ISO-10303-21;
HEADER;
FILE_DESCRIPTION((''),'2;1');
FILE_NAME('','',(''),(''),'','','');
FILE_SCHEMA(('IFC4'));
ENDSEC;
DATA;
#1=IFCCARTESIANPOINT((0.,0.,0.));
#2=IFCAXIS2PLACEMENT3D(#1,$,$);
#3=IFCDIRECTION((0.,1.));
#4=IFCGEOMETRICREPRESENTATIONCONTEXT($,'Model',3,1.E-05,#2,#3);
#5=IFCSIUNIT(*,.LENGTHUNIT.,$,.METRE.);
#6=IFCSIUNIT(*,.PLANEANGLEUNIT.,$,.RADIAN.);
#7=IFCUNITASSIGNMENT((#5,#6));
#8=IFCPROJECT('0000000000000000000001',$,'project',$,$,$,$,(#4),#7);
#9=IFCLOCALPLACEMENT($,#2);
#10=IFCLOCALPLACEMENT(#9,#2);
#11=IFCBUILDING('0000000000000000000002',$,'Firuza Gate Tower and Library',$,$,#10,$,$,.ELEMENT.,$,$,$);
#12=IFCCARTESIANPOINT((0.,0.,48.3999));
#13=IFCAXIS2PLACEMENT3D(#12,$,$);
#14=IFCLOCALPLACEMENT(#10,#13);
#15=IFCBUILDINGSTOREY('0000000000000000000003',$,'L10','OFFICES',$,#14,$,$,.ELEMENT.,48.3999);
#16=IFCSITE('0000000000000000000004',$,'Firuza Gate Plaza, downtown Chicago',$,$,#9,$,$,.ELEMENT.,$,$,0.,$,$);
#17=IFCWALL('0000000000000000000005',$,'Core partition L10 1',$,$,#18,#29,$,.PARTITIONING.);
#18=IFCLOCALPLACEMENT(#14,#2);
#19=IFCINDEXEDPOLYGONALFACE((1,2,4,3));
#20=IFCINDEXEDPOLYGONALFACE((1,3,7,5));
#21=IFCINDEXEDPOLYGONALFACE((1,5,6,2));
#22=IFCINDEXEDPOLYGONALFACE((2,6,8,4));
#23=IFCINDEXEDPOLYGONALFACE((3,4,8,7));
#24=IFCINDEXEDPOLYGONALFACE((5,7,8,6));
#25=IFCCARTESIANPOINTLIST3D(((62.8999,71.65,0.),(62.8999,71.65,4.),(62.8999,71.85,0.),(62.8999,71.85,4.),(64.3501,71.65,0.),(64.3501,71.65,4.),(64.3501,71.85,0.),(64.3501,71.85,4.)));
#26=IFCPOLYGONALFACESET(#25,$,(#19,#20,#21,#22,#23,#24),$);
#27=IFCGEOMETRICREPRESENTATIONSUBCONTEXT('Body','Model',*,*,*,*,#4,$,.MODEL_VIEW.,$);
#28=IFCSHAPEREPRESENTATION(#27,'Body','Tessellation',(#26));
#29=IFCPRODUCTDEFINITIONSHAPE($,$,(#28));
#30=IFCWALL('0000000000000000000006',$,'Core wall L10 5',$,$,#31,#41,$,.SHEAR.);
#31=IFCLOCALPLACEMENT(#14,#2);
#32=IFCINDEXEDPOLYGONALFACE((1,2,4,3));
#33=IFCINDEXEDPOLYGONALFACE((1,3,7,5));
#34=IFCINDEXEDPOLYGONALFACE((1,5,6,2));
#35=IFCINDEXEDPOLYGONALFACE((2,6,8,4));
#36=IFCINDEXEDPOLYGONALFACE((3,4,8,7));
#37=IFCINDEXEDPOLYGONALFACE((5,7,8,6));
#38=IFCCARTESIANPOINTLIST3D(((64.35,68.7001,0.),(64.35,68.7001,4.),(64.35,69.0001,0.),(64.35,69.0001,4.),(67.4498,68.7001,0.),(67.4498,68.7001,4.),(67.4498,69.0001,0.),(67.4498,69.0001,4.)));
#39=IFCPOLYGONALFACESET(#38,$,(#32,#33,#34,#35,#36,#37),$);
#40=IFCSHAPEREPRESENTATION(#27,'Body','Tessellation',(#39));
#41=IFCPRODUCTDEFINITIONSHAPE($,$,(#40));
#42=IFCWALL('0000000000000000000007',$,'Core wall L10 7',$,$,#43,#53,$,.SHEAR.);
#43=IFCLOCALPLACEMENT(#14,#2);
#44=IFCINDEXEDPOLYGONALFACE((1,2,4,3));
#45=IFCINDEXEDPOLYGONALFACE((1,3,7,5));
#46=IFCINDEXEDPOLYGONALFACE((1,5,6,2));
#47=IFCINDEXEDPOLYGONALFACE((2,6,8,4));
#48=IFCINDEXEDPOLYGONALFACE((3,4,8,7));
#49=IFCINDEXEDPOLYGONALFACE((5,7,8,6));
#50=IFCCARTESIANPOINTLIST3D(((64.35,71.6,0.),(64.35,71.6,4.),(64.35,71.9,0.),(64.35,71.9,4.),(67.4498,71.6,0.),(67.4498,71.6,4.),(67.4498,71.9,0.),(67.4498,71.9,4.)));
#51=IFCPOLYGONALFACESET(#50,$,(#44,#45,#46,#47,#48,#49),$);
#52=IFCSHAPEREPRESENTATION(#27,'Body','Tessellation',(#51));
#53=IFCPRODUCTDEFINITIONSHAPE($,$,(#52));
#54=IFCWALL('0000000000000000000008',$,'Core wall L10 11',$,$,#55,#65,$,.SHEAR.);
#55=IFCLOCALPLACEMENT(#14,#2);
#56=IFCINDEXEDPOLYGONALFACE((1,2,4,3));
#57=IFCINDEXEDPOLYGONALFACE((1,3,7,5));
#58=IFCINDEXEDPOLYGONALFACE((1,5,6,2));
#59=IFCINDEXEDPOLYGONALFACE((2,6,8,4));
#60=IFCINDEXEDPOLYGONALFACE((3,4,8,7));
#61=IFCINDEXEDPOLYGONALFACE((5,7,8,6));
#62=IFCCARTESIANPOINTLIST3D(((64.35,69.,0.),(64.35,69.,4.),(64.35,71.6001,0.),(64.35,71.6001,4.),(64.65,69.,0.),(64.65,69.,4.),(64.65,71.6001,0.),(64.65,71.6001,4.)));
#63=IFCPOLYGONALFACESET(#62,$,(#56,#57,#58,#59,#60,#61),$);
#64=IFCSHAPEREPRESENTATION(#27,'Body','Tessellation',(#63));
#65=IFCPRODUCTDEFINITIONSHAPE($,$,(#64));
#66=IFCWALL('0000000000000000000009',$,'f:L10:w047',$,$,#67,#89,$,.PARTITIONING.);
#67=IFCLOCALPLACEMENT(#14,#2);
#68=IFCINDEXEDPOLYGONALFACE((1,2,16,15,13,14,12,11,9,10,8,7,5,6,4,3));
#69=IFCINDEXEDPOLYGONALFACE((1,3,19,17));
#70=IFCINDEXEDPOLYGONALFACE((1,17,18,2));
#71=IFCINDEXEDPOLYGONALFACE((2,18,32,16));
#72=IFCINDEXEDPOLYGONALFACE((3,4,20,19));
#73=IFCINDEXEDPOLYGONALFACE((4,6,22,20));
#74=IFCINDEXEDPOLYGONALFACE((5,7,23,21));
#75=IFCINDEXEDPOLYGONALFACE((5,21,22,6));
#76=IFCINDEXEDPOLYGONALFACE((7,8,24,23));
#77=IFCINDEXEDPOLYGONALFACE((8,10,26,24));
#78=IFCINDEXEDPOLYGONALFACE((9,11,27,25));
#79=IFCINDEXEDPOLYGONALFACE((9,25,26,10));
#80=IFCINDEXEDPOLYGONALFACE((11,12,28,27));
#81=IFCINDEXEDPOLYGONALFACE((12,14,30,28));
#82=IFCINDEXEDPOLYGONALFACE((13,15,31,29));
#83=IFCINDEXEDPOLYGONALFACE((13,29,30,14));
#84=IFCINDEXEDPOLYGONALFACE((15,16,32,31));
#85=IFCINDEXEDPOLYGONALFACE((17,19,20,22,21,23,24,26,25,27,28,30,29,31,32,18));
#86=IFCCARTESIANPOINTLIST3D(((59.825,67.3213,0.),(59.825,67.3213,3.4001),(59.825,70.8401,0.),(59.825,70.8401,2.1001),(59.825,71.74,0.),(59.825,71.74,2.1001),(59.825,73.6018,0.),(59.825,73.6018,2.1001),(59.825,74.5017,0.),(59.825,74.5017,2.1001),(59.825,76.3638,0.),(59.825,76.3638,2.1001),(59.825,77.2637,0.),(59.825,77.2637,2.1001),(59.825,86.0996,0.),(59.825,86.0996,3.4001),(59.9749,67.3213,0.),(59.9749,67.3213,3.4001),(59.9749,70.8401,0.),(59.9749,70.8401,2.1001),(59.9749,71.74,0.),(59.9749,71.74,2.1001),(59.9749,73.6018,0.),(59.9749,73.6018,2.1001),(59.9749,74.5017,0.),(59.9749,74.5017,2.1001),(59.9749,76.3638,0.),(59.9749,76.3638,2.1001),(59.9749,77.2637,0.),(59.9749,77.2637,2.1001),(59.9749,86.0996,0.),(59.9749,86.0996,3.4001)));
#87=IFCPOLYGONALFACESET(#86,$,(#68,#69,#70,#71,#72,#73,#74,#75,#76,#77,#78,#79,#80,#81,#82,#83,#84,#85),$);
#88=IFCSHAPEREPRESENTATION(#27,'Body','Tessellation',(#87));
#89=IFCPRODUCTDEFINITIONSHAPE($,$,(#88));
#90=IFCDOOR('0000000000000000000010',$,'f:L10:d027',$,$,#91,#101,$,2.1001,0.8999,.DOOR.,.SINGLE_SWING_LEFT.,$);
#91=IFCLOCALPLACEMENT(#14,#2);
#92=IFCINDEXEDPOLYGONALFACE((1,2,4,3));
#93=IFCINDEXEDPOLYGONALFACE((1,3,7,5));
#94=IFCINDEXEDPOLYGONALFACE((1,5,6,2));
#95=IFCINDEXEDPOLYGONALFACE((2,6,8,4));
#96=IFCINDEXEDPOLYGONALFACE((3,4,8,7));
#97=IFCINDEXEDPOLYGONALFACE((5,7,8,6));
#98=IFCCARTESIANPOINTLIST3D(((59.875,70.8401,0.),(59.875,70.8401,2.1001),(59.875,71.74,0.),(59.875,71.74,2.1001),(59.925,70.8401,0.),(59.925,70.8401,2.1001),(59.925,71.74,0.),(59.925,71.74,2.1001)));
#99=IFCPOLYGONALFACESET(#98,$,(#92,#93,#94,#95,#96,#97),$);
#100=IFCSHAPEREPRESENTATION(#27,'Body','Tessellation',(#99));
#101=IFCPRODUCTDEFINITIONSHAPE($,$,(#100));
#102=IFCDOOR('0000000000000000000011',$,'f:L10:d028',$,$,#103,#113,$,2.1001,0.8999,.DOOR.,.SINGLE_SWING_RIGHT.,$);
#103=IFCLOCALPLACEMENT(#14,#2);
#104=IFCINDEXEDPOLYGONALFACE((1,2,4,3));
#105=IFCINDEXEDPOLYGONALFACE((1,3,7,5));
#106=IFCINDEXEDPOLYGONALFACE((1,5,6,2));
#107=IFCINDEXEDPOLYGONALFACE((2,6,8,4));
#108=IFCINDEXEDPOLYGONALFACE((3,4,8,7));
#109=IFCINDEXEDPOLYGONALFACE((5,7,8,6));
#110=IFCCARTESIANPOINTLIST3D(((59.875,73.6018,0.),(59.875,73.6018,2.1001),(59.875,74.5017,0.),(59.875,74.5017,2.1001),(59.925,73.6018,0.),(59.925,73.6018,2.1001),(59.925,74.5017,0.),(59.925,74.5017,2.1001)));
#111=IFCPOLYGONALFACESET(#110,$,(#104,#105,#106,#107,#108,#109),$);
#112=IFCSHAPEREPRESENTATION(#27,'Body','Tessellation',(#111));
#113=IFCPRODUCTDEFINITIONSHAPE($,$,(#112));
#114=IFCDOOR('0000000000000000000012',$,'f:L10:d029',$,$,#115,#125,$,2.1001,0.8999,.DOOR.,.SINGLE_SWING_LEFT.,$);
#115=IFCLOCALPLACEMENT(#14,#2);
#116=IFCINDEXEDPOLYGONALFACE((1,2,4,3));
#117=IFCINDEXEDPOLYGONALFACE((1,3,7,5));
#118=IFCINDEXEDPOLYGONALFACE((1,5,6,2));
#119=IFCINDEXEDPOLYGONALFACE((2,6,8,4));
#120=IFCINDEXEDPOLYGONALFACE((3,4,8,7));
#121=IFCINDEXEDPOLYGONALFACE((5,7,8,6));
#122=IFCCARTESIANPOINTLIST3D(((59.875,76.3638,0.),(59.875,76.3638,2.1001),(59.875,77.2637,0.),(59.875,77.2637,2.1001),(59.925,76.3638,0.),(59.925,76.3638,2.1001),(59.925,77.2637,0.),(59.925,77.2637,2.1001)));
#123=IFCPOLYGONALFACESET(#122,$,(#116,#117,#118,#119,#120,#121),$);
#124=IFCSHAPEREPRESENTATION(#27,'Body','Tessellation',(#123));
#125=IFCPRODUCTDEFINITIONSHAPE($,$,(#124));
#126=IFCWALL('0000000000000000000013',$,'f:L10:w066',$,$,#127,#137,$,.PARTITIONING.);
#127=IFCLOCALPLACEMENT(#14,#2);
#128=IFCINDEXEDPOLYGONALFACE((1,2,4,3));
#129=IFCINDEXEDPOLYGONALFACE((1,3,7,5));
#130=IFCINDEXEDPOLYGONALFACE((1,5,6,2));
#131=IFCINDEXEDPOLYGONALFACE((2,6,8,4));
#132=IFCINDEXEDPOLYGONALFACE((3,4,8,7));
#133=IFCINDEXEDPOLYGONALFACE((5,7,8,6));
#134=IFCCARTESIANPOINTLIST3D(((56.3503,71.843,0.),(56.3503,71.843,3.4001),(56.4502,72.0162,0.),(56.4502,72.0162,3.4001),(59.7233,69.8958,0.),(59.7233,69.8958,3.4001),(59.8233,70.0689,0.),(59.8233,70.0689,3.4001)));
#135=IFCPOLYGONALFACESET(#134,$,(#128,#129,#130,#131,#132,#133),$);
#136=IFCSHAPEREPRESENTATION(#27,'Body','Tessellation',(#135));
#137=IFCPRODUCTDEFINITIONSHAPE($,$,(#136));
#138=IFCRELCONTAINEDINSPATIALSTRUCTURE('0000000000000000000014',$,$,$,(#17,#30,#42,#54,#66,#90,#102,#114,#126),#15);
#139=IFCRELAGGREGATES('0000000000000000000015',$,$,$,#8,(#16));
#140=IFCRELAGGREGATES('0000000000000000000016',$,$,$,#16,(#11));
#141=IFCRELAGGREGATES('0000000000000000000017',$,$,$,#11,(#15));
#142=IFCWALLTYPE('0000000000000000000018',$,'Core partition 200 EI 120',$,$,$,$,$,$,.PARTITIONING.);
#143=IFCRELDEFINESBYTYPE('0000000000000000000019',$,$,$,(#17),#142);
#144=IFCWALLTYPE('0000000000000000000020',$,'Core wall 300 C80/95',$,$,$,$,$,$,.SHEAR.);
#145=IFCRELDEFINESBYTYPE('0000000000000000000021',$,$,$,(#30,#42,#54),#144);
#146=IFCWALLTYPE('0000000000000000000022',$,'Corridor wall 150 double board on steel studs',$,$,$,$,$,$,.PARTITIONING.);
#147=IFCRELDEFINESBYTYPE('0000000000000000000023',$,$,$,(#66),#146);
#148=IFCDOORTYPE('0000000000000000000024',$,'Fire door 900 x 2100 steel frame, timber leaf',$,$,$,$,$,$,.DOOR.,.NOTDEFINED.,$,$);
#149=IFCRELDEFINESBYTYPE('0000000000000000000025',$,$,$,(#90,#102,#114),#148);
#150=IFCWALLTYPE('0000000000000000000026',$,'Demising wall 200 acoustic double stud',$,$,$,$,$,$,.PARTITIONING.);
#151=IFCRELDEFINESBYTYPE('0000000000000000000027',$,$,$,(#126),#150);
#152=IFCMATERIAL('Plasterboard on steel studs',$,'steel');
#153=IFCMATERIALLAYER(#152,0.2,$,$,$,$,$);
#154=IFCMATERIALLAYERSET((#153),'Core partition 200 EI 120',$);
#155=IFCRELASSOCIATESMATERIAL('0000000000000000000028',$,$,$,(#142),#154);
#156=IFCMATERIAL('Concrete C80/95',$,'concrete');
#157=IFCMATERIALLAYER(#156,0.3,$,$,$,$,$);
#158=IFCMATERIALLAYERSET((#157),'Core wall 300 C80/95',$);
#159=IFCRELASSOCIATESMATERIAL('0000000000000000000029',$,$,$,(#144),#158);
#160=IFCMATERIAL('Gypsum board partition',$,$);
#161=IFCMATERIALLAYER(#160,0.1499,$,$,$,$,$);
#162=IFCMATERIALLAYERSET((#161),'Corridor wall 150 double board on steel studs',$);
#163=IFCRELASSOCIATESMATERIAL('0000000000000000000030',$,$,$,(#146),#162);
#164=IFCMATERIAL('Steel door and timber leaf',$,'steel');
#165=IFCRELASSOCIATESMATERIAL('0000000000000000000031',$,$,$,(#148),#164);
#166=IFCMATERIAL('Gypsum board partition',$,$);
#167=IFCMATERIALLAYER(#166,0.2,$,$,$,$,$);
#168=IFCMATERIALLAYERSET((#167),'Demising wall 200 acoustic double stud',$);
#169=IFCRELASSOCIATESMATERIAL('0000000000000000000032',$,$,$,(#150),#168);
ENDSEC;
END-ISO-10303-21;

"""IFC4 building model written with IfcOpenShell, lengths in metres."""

from ifc_helpers import new_model, si_unit, direction, frame, frame_2d, origin, place, context, subcontext, project, spatial, rectangle, extrude, material, layer, layer_set, type_object, element, fill, save


model = new_model("IFC4")

# Units and contexts
model_context = context("Model", 3, precision=1e-05, world=origin(), true_north=direction((0.0, 1.0)))
body_context = subcontext(model_context, "Body", "Model", "MODEL_VIEW")
ifc_project = project(units=[si_unit("LENGTHUNIT", "METRE"), si_unit("PLANEANGLEUNIT", "RADIAN")], contexts=[model_context])

# Site, building, storey
site_placement = place(None, origin())
site = spatial("IfcSite", under=ifc_project, at=site_placement, Name="Firuza Gate Plaza, downtown Chicago", CompositionType="ELEMENT", RefElevation=0.0)
building_placement = place(site_placement, origin())
building = spatial("IfcBuilding", under=site, at=building_placement, Name="Firuza Gate Tower and Library", CompositionType="ELEMENT")
storey_placement = place(building_placement, frame((0.0, 0.0, 48.3999)))
storey = spatial("IfcBuildingStorey", under=building, at=storey_placement, Name="L10", Description="OFFICES", CompositionType="ELEMENT", Elevation=48.3999)

# Walls
ifc_material_1 = material(Name="Plasterboard on steel studs", Category="steel")
ifc_layer_1 = layer(ifc_material_1, 0.2)
ifc_layer_set_1 = layer_set([ifc_layer_1], Name="Core partition 200 EI 120")
wall_type_1 = type_object("IfcWallType", Name="Core partition 200 EI 120", PredefinedType="PARTITIONING", material=ifc_layer_set_1)
wall_1_placement = place(storey_placement, frame((62.8999, 71.75, 0.0), z_axis=(0.0, 0.0, 1.0), x_axis=(1.0, 0.0, 0.0)))
element("IfcWall", 1, at=wall_1_placement, inside=storey, type_object=wall_type_1, Name="Core partition L10 1", PredefinedType="PARTITIONING", context=body_context, shape_type="SweptSolid", body=[
    extrude(rectangle(XDim=1.4502, YDim=0.2, at=frame_2d((0.7251, 0.0))), origin(), (0.0, 0.0, 1.0), 4.0),
])
ifc_material_2 = material(Name="Concrete C80/95", Category="concrete")
ifc_layer_2 = layer(ifc_material_2, 0.3)
ifc_layer_set_2 = layer_set([ifc_layer_2], Name="Core wall 300 C80/95")
wall_type_2 = type_object("IfcWallType", Name="Core wall 300 C80/95", PredefinedType="SHEAR", material=ifc_layer_set_2)
for number, where, z_axis, x_axis, name in (
    (2, (64.3501, 68.8501, 0.0), (0.0, 0.0, 1.0), (1.0, 0.0, 0.0), "Core wall L10 5"),
    (3, (64.3501, 71.75, 0.0), (0.0, 0.0, 1.0), (1.0, 0.0, 0.0), "Core wall L10 7"),
):
    element("IfcWall", number, at=place(storey_placement, frame(where, z_axis=z_axis, x_axis=x_axis)), inside=storey, type_object=wall_type_2, Name=name, PredefinedType="SHEAR", context=body_context, shape_type="SweptSolid", body=[
        extrude(rectangle(XDim=3.0999, YDim=0.3, at=frame_2d((1.5498, 0.0))), origin(), (0.0, 0.0, 1.0), 4.0),
    ])
wall_2_placement = place(storey_placement, frame((64.5, 69.0, 0.0), z_axis=(0.0, 0.0, 1.0), x_axis=(0.0, 1.0, 0.0)))
element("IfcWall", 4, at=wall_2_placement, inside=storey, type_object=wall_type_2, Name="Core wall L10 11", PredefinedType="SHEAR", context=body_context, shape_type="SweptSolid", body=[
    extrude(rectangle(XDim=2.6001, YDim=0.3, at=frame_2d((1.3, 0.0))), origin(), (0.0, 0.0, 1.0), 4.0),
])

# Wall, openings, doors
ifc_material_3 = material(Name="Gypsum board partition")
ifc_layer_3 = layer(ifc_material_3, 0.1499)
ifc_layer_set_3 = layer_set([ifc_layer_3], Name="Corridor wall 150 double board on steel studs")
wall_type_3 = type_object("IfcWallType", Name="Corridor wall 150 double board on steel studs", PredefinedType="PARTITIONING", material=ifc_layer_set_3)
wall_3_placement = place(storey_placement, frame((59.8999, 67.3213, 0.0), z_axis=(0.0, 0.0, 1.0), x_axis=(0.0, 1.0, 0.0)))
wall_3 = element("IfcWall", 5, at=wall_3_placement, inside=storey, type_object=wall_type_3, Name="f:L10:w047", PredefinedType="PARTITIONING", context=body_context, shape_type="SweptSolid", body=[
    extrude(rectangle(XDim=18.7783, YDim=0.1499, at=frame_2d((9.3892, 0.0))), origin(), (0.0, 0.0, 1.0), 3.4001),
])
opening_1_placement = place(wall_3_placement, frame((3.5188, 0.0, 0.0)))
opening_1 = element("IfcOpeningElement", 6, at=opening_1_placement, cuts=wall_3, PredefinedType="OPENING", context=body_context, shape_type="SweptSolid", body=[
    extrude(rectangle(XDim=0.8999, YDim=2.1001, at=frame_2d((0.45, 1.05))), frame((0.0, 0.085, 0.0), z_axis=(0.0, -1.0, 0.0), x_axis=(1.0, 0.0, 0.0)), (0.0, 0.0, 1.0), 0.1699),
])
opening_2_placement = place(wall_3_placement, frame((6.2805, 0.0, 0.0)))
opening_2 = element("IfcOpeningElement", 7, at=opening_2_placement, cuts=wall_3, PredefinedType="OPENING", context=body_context, shape_type="SweptSolid", body=[
    extrude(rectangle(XDim=0.8999, YDim=2.1001, at=frame_2d((0.45, 1.05))), frame((0.0, 0.085, 0.0), z_axis=(0.0, -1.0, 0.0), x_axis=(1.0, 0.0, 0.0)), (0.0, 0.0, 1.0), 0.1699),
])
opening_3_placement = place(wall_3_placement, frame((9.0425, 0.0, 0.0)))
opening_3 = element("IfcOpeningElement", 8, at=opening_3_placement, cuts=wall_3, PredefinedType="OPENING", context=body_context, shape_type="SweptSolid", body=[
    extrude(rectangle(XDim=0.8999, YDim=2.1001, at=frame_2d((0.45, 1.05))), frame((0.0, 0.085, 0.0), z_axis=(0.0, -1.0, 0.0), x_axis=(1.0, 0.0, 0.0)), (0.0, 0.0, 1.0), 0.1699),
])
ifc_material_4 = material(Name="Steel door and timber leaf", Category="steel")
door_type_1 = type_object("IfcDoorType", Name="Fire door 900 x 2100 steel frame, timber leaf", OperationType="NOTDEFINED", PredefinedType="DOOR", material=ifc_material_4)
door_1_placement = place(opening_1_placement, origin())
door_1 = element("IfcDoor", 9, at=door_1_placement, inside=storey, type_object=door_type_1, Name="f:L10:d027", OperationType="SINGLE_SWING_LEFT", OverallHeight=2.1001, OverallWidth=0.8999, PredefinedType="DOOR", context=body_context, shape_type="SweptSolid", body=[
    extrude(rectangle(XDim=0.8999, YDim=2.1001, at=frame_2d((0.45, 1.05))), frame((0.0, 0.0249, 0.0), z_axis=(0.0, -1.0, 0.0), x_axis=(1.0, 0.0, 0.0)), (0.0, 0.0, 1.0), 0.05),
])
fill(opening_1, door_1)
door_2_placement = place(opening_2_placement, origin())
door_2 = element("IfcDoor", 10, at=door_2_placement, inside=storey, type_object=door_type_1, Name="f:L10:d028", OperationType="SINGLE_SWING_RIGHT", OverallHeight=2.1001, OverallWidth=0.8999, PredefinedType="DOOR", context=body_context, shape_type="SweptSolid", body=[
    extrude(rectangle(XDim=0.8999, YDim=2.1001, at=frame_2d((0.45, 1.05))), frame((0.0, 0.0249, 0.0), z_axis=(0.0, -1.0, 0.0), x_axis=(1.0, 0.0, 0.0)), (0.0, 0.0, 1.0), 0.05),
])
fill(opening_2, door_2)
door_3_placement = place(opening_3_placement, origin())
door_3 = element("IfcDoor", 11, at=door_3_placement, inside=storey, type_object=door_type_1, Name="f:L10:d029", OperationType="SINGLE_SWING_LEFT", OverallHeight=2.1001, OverallWidth=0.8999, PredefinedType="DOOR", context=body_context, shape_type="SweptSolid", body=[
    extrude(rectangle(XDim=0.8999, YDim=2.1001, at=frame_2d((0.45, 1.05))), frame((0.0, 0.0249, 0.0), z_axis=(0.0, -1.0, 0.0), x_axis=(1.0, 0.0, 0.0)), (0.0, 0.0, 1.0), 0.05),
])
fill(opening_3, door_3)

# Wall
ifc_material_5 = material(Name="Gypsum board partition")
ifc_layer_4 = layer(ifc_material_5, 0.2)
ifc_layer_set_4 = layer_set([ifc_layer_4], Name="Demising wall 200 acoustic double stud")
wall_type_4 = type_object("IfcWallType", Name="Demising wall 200 acoustic double stud", PredefinedType="PARTITIONING", material=ifc_layer_set_4)
wall_4_placement = place(storey_placement, frame((59.7732, 69.9824, 0.0), z_axis=(0.0, 0.0, 1.0), x_axis=(-0.866044, 0.499968, 0.0)))
element("IfcWall", 12, at=wall_4_placement, inside=storey, type_object=wall_type_4, Name="f:L10:w066", PredefinedType="PARTITIONING", context=body_context, shape_type="SweptSolid", body=[
    extrude(rectangle(XDim=3.8948, YDim=0.2, at=frame_2d((1.9473, 0.0))), origin(), (0.0, 0.0, 1.0), 3.4001),
])

save(model, "model.ifc")
